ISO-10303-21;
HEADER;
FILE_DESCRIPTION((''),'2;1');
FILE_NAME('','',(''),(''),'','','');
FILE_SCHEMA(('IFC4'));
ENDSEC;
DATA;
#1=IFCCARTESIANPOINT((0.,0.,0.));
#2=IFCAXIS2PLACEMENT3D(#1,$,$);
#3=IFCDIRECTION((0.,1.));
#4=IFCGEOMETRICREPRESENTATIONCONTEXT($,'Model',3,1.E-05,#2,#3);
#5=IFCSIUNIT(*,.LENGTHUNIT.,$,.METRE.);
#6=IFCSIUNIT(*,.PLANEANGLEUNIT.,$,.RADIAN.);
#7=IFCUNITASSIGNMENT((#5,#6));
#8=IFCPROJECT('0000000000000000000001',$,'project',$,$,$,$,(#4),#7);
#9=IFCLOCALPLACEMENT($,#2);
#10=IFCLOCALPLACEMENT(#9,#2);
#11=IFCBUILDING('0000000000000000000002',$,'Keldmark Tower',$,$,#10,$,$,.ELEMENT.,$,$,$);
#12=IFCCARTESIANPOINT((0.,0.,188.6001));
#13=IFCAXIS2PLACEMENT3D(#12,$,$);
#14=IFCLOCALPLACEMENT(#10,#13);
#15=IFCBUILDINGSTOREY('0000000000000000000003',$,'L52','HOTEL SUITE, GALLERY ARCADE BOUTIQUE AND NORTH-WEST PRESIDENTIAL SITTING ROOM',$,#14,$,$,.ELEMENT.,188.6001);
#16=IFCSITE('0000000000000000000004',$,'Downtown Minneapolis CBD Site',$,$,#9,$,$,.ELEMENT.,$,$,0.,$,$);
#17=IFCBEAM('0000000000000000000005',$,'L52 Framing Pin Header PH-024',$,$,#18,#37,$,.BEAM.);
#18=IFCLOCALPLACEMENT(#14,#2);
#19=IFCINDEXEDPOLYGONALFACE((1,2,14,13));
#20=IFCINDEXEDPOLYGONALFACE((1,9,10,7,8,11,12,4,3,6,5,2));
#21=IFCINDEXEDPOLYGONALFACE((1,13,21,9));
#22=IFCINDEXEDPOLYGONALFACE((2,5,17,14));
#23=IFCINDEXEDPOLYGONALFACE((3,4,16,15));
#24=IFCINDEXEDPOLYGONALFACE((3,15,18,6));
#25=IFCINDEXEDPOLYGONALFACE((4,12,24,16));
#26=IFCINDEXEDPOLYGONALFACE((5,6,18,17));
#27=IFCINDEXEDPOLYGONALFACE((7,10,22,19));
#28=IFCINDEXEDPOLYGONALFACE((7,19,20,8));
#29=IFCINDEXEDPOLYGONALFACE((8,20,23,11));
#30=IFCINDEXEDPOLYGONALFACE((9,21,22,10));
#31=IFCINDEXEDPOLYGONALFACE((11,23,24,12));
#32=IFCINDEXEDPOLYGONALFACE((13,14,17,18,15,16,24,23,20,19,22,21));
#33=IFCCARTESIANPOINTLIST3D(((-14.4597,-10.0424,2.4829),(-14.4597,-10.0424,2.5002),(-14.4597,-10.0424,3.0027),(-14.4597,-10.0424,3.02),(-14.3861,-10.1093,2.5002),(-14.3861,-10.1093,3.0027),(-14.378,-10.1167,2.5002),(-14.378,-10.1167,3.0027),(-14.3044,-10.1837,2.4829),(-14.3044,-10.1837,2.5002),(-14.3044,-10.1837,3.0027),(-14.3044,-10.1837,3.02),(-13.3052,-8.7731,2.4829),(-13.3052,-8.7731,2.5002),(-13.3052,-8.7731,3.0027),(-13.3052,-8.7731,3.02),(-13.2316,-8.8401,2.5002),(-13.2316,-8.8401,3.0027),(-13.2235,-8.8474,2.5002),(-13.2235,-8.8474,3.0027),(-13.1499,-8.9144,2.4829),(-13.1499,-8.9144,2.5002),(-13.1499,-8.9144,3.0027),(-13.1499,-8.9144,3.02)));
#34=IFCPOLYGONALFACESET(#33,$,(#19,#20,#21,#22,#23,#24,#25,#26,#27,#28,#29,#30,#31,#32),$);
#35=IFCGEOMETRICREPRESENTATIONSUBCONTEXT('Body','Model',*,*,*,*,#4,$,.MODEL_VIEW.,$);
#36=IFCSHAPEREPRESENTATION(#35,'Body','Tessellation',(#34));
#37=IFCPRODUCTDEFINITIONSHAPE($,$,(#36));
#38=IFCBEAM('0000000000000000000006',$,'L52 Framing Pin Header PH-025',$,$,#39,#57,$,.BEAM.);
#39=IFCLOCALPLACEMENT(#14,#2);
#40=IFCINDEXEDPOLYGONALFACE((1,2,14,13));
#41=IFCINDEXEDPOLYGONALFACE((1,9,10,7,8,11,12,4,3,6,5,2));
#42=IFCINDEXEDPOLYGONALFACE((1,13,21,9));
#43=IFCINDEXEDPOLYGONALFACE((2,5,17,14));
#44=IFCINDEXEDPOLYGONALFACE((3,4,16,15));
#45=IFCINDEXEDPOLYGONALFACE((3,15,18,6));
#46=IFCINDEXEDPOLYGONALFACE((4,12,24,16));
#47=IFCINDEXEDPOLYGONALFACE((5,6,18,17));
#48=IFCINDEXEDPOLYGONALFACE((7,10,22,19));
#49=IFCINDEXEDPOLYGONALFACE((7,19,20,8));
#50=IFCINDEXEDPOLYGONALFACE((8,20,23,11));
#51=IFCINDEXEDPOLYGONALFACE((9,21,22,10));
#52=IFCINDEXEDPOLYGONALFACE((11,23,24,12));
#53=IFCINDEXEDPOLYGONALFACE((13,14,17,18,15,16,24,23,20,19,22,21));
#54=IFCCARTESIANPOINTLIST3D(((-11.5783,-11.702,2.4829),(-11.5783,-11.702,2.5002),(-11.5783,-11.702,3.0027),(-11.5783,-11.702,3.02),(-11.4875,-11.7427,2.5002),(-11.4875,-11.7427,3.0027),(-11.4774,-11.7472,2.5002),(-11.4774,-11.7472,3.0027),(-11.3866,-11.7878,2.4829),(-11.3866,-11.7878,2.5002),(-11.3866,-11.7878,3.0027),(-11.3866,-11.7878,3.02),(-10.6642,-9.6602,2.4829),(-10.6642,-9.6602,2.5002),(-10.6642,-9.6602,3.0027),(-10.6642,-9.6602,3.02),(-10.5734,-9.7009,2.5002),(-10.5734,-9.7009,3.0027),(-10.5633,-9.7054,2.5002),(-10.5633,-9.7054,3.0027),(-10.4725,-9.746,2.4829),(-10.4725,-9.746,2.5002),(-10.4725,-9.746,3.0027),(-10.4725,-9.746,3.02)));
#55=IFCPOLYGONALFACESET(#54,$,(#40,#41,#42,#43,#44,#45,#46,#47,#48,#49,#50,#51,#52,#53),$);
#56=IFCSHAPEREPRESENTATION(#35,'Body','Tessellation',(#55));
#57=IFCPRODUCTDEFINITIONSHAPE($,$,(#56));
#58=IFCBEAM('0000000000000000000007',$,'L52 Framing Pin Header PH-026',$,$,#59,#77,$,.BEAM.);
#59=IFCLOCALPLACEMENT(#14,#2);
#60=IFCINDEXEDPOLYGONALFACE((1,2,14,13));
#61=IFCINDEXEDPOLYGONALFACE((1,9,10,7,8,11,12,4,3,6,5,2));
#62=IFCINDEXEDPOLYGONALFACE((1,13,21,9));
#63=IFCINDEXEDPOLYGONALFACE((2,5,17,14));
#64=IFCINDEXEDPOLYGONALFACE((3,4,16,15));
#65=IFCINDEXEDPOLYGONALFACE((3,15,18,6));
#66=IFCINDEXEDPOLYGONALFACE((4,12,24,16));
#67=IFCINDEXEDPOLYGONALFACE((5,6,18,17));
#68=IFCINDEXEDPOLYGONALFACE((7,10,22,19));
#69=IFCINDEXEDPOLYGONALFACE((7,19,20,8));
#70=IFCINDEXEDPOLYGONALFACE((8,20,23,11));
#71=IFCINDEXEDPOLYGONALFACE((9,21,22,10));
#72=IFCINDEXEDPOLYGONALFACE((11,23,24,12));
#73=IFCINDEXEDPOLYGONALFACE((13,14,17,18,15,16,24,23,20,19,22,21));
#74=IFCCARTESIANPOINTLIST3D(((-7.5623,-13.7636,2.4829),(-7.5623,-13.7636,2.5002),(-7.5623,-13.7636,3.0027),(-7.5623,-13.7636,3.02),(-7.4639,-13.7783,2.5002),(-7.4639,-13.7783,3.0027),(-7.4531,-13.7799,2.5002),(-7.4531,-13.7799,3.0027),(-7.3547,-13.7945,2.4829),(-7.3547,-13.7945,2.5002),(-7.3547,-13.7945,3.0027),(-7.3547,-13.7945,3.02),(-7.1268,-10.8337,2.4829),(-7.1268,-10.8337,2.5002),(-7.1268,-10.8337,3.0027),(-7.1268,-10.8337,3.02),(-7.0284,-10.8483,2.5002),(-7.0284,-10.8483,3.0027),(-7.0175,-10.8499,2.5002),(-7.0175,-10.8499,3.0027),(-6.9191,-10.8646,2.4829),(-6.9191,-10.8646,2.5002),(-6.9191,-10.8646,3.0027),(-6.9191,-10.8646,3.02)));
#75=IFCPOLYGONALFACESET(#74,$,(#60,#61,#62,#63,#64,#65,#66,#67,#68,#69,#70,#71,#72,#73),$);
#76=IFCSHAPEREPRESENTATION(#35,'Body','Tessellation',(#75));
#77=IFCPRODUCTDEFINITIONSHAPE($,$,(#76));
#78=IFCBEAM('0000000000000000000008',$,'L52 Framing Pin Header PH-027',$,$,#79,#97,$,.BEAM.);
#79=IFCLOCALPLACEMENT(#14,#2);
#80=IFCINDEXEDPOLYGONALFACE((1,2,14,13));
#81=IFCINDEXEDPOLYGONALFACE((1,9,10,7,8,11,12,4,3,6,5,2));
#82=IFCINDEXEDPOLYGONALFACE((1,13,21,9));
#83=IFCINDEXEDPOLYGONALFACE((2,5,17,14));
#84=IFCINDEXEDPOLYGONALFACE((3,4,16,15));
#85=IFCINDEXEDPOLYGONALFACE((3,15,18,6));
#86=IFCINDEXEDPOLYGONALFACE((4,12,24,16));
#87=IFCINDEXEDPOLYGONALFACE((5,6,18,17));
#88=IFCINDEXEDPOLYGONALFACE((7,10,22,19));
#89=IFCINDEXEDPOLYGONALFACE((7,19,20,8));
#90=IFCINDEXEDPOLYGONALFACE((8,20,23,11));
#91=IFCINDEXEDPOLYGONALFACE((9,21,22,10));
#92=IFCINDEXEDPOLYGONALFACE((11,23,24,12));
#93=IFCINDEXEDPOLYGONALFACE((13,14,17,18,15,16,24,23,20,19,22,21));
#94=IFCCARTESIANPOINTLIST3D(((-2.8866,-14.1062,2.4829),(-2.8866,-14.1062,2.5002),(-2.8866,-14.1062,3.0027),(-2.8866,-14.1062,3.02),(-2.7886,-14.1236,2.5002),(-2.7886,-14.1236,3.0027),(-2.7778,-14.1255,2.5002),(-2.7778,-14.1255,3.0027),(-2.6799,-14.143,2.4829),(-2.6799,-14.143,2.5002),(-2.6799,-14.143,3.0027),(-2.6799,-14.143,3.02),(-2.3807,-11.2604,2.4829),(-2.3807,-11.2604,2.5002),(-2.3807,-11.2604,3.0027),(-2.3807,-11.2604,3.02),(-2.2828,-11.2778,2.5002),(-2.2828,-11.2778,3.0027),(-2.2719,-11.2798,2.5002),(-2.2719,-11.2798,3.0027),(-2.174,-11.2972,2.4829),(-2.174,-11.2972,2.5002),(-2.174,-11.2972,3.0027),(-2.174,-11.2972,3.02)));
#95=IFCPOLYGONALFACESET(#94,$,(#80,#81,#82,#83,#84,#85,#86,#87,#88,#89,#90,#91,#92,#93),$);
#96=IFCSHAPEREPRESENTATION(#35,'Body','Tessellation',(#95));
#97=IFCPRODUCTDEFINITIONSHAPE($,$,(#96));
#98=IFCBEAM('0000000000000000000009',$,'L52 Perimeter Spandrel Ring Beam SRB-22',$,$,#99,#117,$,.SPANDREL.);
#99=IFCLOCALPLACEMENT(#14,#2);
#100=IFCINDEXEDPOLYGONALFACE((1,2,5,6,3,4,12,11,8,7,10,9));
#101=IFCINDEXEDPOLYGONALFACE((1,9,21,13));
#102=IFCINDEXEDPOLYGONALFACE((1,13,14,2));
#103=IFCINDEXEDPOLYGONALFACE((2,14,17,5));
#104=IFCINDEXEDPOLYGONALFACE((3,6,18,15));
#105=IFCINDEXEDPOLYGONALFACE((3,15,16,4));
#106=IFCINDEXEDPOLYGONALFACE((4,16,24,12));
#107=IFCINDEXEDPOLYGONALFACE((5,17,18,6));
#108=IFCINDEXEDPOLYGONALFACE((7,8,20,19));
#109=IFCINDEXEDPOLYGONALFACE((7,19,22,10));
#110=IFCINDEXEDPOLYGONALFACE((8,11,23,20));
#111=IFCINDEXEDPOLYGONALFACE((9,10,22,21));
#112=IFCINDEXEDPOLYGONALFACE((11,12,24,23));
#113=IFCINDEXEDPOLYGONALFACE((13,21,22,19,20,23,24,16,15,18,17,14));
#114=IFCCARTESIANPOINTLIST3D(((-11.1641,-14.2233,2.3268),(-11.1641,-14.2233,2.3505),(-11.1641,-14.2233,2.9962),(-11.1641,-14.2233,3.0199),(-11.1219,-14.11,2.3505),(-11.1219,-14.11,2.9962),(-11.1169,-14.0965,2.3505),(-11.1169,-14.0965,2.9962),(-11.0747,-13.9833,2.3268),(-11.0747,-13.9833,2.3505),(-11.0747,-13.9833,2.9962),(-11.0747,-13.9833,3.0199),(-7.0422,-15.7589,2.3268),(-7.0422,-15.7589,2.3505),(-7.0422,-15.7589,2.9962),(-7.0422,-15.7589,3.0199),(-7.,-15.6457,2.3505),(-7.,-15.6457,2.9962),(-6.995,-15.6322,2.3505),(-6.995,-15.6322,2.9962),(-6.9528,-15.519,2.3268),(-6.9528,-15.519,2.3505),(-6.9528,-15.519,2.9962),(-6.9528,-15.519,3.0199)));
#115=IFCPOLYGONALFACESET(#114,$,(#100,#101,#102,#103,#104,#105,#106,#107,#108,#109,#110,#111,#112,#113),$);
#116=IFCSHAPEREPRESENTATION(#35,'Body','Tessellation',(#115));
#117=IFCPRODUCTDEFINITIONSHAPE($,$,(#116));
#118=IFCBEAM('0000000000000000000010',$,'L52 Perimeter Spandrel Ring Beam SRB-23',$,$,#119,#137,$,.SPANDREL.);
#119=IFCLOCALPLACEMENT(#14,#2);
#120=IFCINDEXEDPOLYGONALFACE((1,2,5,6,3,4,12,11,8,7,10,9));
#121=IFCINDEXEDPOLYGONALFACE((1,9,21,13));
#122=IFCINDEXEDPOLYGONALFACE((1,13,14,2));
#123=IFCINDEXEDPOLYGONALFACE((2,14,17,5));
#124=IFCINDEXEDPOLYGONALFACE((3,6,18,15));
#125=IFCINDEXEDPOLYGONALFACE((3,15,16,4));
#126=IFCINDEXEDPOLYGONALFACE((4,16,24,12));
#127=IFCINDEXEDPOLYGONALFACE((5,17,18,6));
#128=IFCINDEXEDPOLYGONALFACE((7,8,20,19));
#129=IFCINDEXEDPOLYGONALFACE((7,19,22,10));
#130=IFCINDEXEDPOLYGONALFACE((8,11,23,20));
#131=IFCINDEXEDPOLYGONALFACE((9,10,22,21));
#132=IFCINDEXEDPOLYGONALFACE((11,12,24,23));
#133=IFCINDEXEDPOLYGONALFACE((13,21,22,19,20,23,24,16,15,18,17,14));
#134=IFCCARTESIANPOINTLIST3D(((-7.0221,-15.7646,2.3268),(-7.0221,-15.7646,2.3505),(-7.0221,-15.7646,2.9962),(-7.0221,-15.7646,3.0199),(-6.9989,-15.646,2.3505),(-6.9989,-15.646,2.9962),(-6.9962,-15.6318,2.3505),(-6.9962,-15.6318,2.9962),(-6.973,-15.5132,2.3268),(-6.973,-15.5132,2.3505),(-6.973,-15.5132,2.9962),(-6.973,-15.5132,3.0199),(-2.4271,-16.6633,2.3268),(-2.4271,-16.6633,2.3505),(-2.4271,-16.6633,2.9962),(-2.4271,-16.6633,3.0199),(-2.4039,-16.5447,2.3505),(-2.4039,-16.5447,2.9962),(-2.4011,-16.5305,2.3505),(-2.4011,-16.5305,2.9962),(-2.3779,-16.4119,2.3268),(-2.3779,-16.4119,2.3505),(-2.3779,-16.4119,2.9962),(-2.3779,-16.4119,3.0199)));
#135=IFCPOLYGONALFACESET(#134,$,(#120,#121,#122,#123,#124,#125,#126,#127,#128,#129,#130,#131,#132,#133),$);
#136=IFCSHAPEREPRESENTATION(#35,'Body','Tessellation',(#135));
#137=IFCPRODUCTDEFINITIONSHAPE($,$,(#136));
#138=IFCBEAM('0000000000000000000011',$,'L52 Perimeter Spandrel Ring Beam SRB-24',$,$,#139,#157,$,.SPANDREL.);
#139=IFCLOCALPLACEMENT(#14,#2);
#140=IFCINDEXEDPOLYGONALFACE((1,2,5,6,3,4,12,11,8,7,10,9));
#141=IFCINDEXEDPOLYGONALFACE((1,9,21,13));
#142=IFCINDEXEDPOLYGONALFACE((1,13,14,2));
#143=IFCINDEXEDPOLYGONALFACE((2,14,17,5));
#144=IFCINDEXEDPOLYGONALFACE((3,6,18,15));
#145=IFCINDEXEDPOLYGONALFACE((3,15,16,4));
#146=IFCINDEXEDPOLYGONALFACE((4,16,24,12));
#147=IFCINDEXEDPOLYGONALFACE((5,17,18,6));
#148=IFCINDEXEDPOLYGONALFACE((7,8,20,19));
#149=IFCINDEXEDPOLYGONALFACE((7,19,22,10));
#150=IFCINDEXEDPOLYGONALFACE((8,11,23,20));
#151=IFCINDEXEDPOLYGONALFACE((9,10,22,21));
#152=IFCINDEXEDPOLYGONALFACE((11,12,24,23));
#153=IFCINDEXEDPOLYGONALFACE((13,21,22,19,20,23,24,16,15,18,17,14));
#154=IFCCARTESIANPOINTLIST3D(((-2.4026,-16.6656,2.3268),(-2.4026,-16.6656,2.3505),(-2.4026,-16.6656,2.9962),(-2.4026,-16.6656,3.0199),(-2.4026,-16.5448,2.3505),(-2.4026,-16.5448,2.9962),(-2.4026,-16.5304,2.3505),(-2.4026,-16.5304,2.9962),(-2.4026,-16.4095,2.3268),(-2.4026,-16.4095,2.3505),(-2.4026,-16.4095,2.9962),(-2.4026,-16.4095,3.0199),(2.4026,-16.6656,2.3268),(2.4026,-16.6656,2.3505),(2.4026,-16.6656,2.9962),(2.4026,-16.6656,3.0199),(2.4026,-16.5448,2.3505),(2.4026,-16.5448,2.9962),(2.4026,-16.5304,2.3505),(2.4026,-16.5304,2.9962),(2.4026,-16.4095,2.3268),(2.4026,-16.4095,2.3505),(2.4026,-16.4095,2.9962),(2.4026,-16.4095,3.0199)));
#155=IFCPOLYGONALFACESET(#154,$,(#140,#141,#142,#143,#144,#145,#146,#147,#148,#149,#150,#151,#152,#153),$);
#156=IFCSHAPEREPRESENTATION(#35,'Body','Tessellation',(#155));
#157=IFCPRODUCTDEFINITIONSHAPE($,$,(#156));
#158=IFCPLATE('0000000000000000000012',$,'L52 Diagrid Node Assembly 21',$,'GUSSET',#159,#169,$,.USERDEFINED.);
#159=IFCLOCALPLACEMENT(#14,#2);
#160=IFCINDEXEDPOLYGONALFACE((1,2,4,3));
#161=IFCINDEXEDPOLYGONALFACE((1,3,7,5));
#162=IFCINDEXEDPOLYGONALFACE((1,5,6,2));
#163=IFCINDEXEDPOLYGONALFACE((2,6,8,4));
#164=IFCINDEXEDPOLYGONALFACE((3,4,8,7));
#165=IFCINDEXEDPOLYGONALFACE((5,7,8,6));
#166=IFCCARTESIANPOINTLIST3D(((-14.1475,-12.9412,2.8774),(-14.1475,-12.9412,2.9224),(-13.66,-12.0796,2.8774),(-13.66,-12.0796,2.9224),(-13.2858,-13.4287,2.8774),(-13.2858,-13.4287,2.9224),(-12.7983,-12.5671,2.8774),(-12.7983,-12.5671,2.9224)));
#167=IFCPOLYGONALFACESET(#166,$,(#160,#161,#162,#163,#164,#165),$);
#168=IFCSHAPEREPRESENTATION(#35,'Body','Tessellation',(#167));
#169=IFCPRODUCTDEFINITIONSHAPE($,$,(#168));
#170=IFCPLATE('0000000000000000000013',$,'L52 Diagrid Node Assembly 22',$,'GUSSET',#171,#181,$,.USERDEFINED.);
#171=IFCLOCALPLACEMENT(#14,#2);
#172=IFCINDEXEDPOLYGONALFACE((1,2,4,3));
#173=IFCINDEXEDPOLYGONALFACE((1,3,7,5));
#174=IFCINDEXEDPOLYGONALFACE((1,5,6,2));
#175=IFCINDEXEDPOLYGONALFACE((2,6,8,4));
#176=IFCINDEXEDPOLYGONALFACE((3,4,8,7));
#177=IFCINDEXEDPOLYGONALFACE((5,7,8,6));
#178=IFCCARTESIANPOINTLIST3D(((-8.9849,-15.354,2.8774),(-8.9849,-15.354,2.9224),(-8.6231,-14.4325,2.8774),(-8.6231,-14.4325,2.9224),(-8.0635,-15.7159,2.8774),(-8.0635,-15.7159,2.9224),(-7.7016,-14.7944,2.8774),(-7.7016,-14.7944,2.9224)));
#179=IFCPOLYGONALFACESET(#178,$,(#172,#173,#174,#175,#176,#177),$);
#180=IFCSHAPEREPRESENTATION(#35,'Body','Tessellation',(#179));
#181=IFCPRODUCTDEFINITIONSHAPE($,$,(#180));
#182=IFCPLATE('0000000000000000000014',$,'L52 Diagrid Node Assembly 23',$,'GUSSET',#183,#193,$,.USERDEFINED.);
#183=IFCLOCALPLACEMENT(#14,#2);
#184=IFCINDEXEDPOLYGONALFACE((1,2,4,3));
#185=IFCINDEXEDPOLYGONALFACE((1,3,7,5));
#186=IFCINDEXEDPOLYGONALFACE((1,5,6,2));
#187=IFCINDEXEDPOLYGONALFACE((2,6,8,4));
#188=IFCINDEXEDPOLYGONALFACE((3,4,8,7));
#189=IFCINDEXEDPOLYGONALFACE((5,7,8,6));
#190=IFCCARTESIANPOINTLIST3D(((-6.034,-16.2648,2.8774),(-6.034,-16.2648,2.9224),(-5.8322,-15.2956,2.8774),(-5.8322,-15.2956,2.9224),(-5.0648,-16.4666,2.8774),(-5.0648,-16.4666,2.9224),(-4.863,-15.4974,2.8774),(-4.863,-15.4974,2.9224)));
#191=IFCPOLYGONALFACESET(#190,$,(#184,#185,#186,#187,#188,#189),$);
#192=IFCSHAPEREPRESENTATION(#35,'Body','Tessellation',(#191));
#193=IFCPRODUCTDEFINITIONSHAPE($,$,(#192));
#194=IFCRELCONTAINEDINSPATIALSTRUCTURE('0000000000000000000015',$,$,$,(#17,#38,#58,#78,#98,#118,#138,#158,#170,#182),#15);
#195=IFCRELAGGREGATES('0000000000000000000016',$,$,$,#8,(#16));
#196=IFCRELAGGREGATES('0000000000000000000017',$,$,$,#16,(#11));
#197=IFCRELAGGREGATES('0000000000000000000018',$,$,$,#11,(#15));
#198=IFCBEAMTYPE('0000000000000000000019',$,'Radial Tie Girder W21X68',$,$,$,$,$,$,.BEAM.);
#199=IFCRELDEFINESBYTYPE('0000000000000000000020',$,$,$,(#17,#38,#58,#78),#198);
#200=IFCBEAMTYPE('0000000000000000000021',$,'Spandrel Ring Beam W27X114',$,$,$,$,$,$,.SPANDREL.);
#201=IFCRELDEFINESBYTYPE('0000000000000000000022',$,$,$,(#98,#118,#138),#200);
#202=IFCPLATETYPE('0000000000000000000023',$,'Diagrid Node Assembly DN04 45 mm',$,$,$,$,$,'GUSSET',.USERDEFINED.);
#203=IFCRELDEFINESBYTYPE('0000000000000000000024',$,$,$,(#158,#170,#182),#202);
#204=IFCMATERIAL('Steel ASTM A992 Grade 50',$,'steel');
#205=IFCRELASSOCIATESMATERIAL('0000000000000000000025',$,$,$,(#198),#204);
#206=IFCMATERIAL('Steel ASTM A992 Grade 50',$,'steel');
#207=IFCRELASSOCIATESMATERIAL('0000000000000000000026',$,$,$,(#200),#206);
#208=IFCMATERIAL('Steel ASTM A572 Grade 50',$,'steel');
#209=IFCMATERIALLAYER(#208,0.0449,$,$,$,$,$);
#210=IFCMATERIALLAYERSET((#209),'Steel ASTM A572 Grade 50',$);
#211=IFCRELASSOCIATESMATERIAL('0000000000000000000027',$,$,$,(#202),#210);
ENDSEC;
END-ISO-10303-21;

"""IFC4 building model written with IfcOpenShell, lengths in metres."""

from ifc_helpers import new_model, si_unit, direction, frame, origin, origin_2d, place, context, subcontext, project, spatial, rectangle, i_section, extrude, material, layer, layer_set, material_profile, profile_set, type_object, element, save


model = new_model("IFC4")

# Units and contexts
model_context = context("Model", 3, precision=1e-05, world=origin(), true_north=direction((0.0, 1.0)))
body_context = subcontext(model_context, "Body", "Model", "MODEL_VIEW")
ifc_project = project(units=[si_unit("LENGTHUNIT", "METRE"), si_unit("PLANEANGLEUNIT", "RADIAN")], contexts=[model_context])

# Site, building, storey
site_placement = place(None, origin())
site = spatial("IfcSite", under=ifc_project, at=site_placement, Name="Downtown Minneapolis CBD Site", CompositionType="ELEMENT", RefElevation=0.0)
building_placement = place(site_placement, origin())
building = spatial("IfcBuilding", under=site, at=building_placement, Name="Keldmark Tower", CompositionType="ELEMENT")
storey_placement = place(building_placement, frame((0.0, 0.0, 188.6001)))
storey = spatial("IfcBuildingStorey", under=building, at=storey_placement, Name="L52", Description="HOTEL SUITE, GALLERY ARCADE BOUTIQUE AND NORTH-WEST PRESIDENTIAL SITTING ROOM", CompositionType="ELEMENT", Elevation=188.6001)

# Beams
ifc_material_1 = material(Name="Steel ASTM A992 Grade 50", Category="steel")
ifc_material_profile_1 = material_profile(ifc_material_1, i_section(OverallWidth=0.21, OverallDepth=0.5371, WebThickness=0.011, FlangeThickness=0.0173, at=origin_2d()), Name="W21X68")
ifc_profile_set_1 = profile_set([ifc_material_profile_1], Name="Steel ASTM A992 Grade 50")
beam_type_1 = type_object("IfcBeamType", Name="Radial Tie Girder W21X68", PredefinedType="BEAM", material=ifc_profile_set_1)
beam_1_placement = place(storey_placement, frame((-13.2275, -8.8438, 2.7515), z_axis=(-0.672878, -0.739753, 0.0), x_axis=(0.739753, -0.672878, 0.0)))
element("IfcBeam", 1, at=beam_1_placement, inside=storey, type_object=beam_type_1, Name="L52 Framing Pin Header PH-024", PredefinedType="BEAM", context=body_context, shape_type="SweptSolid", body=[
    extrude(i_section(OverallWidth=0.21, OverallDepth=0.5371, WebThickness=0.011, FlangeThickness=0.0173, at=origin_2d()), origin(), (0.0, 0.0, 1.0), 1.7158),
])
beam_2_placement = place(storey_placement, frame((-10.5684, -9.7031, 2.7515), z_axis=(-0.408608, -0.91271, 0.0), x_axis=(0.91271, -0.408608, 0.0)))
element("IfcBeam", 2, at=beam_2_placement, inside=storey, type_object=beam_type_1, Name="L52 Framing Pin Header PH-025", PredefinedType="BEAM", context=body_context, shape_type="SweptSolid", body=[
    extrude(i_section(OverallWidth=0.21, OverallDepth=0.5371, WebThickness=0.011, FlangeThickness=0.0173, at=origin_2d()), origin(), (0.0, 0.0, 1.0), 2.2371),
])
beam_3_placement = place(storey_placement, frame((-7.0229, -10.8491, 2.7515), z_axis=(-0.147039, -0.989131, 0.0), x_axis=(0.989131, -0.147039, 0.0)))
element("IfcBeam", 3, at=beam_3_placement, inside=storey, type_object=beam_type_1, Name="L52 Framing Pin Header PH-026", PredefinedType="BEAM", context=body_context, shape_type="SweptSolid", body=[
    extrude(i_section(OverallWidth=0.21, OverallDepth=0.5371, WebThickness=0.011, FlangeThickness=0.0173, at=origin_2d()), origin(), (0.0, 0.0, 1.0), 2.9622),
])
beam_4_placement = place(storey_placement, frame((-2.2773, -11.2788, 2.7515), z_axis=(-0.175019, -0.984565, 0.0), x_axis=(0.984565, -0.175019, 0.0)))
element("IfcBeam", 4, at=beam_4_placement, inside=storey, type_object=beam_type_1, Name="L52 Framing Pin Header PH-027", PredefinedType="BEAM", context=body_context, shape_type="SweptSolid", body=[
    extrude(i_section(OverallWidth=0.21, OverallDepth=0.5371, WebThickness=0.011, FlangeThickness=0.0173, at=origin_2d()), origin(), (0.0, 0.0, 1.0), 2.8904),
])
ifc_material_2 = material(Name="Steel ASTM A992 Grade 50", Category="steel")
ifc_material_profile_2 = material_profile(ifc_material_2, i_section(OverallWidth=0.2561, OverallDepth=0.6931, WebThickness=0.0144, FlangeThickness=0.0237, at=origin_2d()), Name="W27X114")
ifc_profile_set_2 = profile_set([ifc_material_profile_2], Name="Steel ASTM A992 Grade 50")
beam_type_2 = type_object("IfcBeamType", Name="Spandrel Ring Beam W27X114", PredefinedType="SPANDREL", material=ifc_profile_set_2)
beam_5_placement = place(storey_placement, frame((-11.1194, -14.1033, 2.6733), z_axis=(0.937077, -0.349121, 0.0), x_axis=(0.349121, 0.937077, 0.0)))
element("IfcBeam", 5, at=beam_5_placement, inside=storey, type_object=beam_type_2, Name="L52 Perimeter Spandrel Ring Beam SRB-22", PredefinedType="SPANDREL", context=body_context, shape_type="SweptSolid", body=[
    extrude(i_section(OverallWidth=0.2561, OverallDepth=0.6931, WebThickness=0.0144, FlangeThickness=0.0237, at=origin_2d()), origin(), (0.0, 0.0, 1.0), 4.3987),
])
beam_6_placement = place(storey_placement, frame((-6.9976, -15.6389, 2.6733), z_axis=(0.981406, -0.191943, 0.0), x_axis=(0.191943, 0.981406, 0.0)))
element("IfcBeam", 6, at=beam_6_placement, inside=storey, type_object=beam_type_2, Name="L52 Perimeter Spandrel Ring Beam SRB-23", PredefinedType="SPANDREL", context=body_context, shape_type="SweptSolid", body=[
    extrude(i_section(OverallWidth=0.2561, OverallDepth=0.6931, WebThickness=0.0144, FlangeThickness=0.0237, at=origin_2d()), origin(), (0.0, 0.0, 1.0), 4.6821),
])
beam_7_placement = place(storey_placement, frame((-2.4026, -16.5376, 2.6733), z_axis=(1.0, 0.0, 0.0), x_axis=(0.0, 1.0, 0.0)))
element("IfcBeam", 7, at=beam_7_placement, inside=storey, type_object=beam_type_2, Name="L52 Perimeter Spandrel Ring Beam SRB-24", PredefinedType="SPANDREL", context=body_context, shape_type="SweptSolid", body=[
    extrude(i_section(OverallWidth=0.2561, OverallDepth=0.6931, WebThickness=0.0144, FlangeThickness=0.0237, at=origin_2d()), origin(), (0.0, 0.0, 1.0), 4.8052),
])

# Plates
ifc_material_3 = material(Name="Steel ASTM A572 Grade 50", Category="steel")
ifc_layer_1 = layer(ifc_material_3, 0.0449)
ifc_layer_set_1 = layer_set([ifc_layer_1], Name="Steel ASTM A572 Grade 50")
plate_type = type_object("IfcPlateType", Name="Diagrid Node Assembly DN04 45 mm", ElementType="GUSSET", PredefinedType="USERDEFINED", material=ifc_layer_set_1)
for number, where, z_axis, x_axis, name in (
    (8, (-13.4729, -12.7542, 2.8774), (0.0, 0.0, 1.0), (0.870356, -0.492424, 0.0), "L52 Diagrid Node Assembly 21"),
    (9, (-8.3433, -15.0742, 2.8774), (0.0, 0.0, 1.0), (0.930801, -0.365527, 0.0), "L52 Diagrid Node Assembly 22"),
    (10, (-5.4485, -15.8811, 2.8774), (0.0, 0.0, 1.0), (0.97901, -0.203813, 0.0), "L52 Diagrid Node Assembly 23"),
):
    element("IfcPlate", number, at=place(storey_placement, frame(where, z_axis=z_axis, x_axis=x_axis)), inside=storey, type_object=plate_type, Name=name, ObjectType="GUSSET", PredefinedType="USERDEFINED", context=body_context, shape_type="SweptSolid", body=[
        extrude(rectangle(XDim=0.99, YDim=0.99, at=origin_2d()), origin(), (0.0, 0.0, 1.0), 0.0449),
    ])

save(model, "model.ifc")
